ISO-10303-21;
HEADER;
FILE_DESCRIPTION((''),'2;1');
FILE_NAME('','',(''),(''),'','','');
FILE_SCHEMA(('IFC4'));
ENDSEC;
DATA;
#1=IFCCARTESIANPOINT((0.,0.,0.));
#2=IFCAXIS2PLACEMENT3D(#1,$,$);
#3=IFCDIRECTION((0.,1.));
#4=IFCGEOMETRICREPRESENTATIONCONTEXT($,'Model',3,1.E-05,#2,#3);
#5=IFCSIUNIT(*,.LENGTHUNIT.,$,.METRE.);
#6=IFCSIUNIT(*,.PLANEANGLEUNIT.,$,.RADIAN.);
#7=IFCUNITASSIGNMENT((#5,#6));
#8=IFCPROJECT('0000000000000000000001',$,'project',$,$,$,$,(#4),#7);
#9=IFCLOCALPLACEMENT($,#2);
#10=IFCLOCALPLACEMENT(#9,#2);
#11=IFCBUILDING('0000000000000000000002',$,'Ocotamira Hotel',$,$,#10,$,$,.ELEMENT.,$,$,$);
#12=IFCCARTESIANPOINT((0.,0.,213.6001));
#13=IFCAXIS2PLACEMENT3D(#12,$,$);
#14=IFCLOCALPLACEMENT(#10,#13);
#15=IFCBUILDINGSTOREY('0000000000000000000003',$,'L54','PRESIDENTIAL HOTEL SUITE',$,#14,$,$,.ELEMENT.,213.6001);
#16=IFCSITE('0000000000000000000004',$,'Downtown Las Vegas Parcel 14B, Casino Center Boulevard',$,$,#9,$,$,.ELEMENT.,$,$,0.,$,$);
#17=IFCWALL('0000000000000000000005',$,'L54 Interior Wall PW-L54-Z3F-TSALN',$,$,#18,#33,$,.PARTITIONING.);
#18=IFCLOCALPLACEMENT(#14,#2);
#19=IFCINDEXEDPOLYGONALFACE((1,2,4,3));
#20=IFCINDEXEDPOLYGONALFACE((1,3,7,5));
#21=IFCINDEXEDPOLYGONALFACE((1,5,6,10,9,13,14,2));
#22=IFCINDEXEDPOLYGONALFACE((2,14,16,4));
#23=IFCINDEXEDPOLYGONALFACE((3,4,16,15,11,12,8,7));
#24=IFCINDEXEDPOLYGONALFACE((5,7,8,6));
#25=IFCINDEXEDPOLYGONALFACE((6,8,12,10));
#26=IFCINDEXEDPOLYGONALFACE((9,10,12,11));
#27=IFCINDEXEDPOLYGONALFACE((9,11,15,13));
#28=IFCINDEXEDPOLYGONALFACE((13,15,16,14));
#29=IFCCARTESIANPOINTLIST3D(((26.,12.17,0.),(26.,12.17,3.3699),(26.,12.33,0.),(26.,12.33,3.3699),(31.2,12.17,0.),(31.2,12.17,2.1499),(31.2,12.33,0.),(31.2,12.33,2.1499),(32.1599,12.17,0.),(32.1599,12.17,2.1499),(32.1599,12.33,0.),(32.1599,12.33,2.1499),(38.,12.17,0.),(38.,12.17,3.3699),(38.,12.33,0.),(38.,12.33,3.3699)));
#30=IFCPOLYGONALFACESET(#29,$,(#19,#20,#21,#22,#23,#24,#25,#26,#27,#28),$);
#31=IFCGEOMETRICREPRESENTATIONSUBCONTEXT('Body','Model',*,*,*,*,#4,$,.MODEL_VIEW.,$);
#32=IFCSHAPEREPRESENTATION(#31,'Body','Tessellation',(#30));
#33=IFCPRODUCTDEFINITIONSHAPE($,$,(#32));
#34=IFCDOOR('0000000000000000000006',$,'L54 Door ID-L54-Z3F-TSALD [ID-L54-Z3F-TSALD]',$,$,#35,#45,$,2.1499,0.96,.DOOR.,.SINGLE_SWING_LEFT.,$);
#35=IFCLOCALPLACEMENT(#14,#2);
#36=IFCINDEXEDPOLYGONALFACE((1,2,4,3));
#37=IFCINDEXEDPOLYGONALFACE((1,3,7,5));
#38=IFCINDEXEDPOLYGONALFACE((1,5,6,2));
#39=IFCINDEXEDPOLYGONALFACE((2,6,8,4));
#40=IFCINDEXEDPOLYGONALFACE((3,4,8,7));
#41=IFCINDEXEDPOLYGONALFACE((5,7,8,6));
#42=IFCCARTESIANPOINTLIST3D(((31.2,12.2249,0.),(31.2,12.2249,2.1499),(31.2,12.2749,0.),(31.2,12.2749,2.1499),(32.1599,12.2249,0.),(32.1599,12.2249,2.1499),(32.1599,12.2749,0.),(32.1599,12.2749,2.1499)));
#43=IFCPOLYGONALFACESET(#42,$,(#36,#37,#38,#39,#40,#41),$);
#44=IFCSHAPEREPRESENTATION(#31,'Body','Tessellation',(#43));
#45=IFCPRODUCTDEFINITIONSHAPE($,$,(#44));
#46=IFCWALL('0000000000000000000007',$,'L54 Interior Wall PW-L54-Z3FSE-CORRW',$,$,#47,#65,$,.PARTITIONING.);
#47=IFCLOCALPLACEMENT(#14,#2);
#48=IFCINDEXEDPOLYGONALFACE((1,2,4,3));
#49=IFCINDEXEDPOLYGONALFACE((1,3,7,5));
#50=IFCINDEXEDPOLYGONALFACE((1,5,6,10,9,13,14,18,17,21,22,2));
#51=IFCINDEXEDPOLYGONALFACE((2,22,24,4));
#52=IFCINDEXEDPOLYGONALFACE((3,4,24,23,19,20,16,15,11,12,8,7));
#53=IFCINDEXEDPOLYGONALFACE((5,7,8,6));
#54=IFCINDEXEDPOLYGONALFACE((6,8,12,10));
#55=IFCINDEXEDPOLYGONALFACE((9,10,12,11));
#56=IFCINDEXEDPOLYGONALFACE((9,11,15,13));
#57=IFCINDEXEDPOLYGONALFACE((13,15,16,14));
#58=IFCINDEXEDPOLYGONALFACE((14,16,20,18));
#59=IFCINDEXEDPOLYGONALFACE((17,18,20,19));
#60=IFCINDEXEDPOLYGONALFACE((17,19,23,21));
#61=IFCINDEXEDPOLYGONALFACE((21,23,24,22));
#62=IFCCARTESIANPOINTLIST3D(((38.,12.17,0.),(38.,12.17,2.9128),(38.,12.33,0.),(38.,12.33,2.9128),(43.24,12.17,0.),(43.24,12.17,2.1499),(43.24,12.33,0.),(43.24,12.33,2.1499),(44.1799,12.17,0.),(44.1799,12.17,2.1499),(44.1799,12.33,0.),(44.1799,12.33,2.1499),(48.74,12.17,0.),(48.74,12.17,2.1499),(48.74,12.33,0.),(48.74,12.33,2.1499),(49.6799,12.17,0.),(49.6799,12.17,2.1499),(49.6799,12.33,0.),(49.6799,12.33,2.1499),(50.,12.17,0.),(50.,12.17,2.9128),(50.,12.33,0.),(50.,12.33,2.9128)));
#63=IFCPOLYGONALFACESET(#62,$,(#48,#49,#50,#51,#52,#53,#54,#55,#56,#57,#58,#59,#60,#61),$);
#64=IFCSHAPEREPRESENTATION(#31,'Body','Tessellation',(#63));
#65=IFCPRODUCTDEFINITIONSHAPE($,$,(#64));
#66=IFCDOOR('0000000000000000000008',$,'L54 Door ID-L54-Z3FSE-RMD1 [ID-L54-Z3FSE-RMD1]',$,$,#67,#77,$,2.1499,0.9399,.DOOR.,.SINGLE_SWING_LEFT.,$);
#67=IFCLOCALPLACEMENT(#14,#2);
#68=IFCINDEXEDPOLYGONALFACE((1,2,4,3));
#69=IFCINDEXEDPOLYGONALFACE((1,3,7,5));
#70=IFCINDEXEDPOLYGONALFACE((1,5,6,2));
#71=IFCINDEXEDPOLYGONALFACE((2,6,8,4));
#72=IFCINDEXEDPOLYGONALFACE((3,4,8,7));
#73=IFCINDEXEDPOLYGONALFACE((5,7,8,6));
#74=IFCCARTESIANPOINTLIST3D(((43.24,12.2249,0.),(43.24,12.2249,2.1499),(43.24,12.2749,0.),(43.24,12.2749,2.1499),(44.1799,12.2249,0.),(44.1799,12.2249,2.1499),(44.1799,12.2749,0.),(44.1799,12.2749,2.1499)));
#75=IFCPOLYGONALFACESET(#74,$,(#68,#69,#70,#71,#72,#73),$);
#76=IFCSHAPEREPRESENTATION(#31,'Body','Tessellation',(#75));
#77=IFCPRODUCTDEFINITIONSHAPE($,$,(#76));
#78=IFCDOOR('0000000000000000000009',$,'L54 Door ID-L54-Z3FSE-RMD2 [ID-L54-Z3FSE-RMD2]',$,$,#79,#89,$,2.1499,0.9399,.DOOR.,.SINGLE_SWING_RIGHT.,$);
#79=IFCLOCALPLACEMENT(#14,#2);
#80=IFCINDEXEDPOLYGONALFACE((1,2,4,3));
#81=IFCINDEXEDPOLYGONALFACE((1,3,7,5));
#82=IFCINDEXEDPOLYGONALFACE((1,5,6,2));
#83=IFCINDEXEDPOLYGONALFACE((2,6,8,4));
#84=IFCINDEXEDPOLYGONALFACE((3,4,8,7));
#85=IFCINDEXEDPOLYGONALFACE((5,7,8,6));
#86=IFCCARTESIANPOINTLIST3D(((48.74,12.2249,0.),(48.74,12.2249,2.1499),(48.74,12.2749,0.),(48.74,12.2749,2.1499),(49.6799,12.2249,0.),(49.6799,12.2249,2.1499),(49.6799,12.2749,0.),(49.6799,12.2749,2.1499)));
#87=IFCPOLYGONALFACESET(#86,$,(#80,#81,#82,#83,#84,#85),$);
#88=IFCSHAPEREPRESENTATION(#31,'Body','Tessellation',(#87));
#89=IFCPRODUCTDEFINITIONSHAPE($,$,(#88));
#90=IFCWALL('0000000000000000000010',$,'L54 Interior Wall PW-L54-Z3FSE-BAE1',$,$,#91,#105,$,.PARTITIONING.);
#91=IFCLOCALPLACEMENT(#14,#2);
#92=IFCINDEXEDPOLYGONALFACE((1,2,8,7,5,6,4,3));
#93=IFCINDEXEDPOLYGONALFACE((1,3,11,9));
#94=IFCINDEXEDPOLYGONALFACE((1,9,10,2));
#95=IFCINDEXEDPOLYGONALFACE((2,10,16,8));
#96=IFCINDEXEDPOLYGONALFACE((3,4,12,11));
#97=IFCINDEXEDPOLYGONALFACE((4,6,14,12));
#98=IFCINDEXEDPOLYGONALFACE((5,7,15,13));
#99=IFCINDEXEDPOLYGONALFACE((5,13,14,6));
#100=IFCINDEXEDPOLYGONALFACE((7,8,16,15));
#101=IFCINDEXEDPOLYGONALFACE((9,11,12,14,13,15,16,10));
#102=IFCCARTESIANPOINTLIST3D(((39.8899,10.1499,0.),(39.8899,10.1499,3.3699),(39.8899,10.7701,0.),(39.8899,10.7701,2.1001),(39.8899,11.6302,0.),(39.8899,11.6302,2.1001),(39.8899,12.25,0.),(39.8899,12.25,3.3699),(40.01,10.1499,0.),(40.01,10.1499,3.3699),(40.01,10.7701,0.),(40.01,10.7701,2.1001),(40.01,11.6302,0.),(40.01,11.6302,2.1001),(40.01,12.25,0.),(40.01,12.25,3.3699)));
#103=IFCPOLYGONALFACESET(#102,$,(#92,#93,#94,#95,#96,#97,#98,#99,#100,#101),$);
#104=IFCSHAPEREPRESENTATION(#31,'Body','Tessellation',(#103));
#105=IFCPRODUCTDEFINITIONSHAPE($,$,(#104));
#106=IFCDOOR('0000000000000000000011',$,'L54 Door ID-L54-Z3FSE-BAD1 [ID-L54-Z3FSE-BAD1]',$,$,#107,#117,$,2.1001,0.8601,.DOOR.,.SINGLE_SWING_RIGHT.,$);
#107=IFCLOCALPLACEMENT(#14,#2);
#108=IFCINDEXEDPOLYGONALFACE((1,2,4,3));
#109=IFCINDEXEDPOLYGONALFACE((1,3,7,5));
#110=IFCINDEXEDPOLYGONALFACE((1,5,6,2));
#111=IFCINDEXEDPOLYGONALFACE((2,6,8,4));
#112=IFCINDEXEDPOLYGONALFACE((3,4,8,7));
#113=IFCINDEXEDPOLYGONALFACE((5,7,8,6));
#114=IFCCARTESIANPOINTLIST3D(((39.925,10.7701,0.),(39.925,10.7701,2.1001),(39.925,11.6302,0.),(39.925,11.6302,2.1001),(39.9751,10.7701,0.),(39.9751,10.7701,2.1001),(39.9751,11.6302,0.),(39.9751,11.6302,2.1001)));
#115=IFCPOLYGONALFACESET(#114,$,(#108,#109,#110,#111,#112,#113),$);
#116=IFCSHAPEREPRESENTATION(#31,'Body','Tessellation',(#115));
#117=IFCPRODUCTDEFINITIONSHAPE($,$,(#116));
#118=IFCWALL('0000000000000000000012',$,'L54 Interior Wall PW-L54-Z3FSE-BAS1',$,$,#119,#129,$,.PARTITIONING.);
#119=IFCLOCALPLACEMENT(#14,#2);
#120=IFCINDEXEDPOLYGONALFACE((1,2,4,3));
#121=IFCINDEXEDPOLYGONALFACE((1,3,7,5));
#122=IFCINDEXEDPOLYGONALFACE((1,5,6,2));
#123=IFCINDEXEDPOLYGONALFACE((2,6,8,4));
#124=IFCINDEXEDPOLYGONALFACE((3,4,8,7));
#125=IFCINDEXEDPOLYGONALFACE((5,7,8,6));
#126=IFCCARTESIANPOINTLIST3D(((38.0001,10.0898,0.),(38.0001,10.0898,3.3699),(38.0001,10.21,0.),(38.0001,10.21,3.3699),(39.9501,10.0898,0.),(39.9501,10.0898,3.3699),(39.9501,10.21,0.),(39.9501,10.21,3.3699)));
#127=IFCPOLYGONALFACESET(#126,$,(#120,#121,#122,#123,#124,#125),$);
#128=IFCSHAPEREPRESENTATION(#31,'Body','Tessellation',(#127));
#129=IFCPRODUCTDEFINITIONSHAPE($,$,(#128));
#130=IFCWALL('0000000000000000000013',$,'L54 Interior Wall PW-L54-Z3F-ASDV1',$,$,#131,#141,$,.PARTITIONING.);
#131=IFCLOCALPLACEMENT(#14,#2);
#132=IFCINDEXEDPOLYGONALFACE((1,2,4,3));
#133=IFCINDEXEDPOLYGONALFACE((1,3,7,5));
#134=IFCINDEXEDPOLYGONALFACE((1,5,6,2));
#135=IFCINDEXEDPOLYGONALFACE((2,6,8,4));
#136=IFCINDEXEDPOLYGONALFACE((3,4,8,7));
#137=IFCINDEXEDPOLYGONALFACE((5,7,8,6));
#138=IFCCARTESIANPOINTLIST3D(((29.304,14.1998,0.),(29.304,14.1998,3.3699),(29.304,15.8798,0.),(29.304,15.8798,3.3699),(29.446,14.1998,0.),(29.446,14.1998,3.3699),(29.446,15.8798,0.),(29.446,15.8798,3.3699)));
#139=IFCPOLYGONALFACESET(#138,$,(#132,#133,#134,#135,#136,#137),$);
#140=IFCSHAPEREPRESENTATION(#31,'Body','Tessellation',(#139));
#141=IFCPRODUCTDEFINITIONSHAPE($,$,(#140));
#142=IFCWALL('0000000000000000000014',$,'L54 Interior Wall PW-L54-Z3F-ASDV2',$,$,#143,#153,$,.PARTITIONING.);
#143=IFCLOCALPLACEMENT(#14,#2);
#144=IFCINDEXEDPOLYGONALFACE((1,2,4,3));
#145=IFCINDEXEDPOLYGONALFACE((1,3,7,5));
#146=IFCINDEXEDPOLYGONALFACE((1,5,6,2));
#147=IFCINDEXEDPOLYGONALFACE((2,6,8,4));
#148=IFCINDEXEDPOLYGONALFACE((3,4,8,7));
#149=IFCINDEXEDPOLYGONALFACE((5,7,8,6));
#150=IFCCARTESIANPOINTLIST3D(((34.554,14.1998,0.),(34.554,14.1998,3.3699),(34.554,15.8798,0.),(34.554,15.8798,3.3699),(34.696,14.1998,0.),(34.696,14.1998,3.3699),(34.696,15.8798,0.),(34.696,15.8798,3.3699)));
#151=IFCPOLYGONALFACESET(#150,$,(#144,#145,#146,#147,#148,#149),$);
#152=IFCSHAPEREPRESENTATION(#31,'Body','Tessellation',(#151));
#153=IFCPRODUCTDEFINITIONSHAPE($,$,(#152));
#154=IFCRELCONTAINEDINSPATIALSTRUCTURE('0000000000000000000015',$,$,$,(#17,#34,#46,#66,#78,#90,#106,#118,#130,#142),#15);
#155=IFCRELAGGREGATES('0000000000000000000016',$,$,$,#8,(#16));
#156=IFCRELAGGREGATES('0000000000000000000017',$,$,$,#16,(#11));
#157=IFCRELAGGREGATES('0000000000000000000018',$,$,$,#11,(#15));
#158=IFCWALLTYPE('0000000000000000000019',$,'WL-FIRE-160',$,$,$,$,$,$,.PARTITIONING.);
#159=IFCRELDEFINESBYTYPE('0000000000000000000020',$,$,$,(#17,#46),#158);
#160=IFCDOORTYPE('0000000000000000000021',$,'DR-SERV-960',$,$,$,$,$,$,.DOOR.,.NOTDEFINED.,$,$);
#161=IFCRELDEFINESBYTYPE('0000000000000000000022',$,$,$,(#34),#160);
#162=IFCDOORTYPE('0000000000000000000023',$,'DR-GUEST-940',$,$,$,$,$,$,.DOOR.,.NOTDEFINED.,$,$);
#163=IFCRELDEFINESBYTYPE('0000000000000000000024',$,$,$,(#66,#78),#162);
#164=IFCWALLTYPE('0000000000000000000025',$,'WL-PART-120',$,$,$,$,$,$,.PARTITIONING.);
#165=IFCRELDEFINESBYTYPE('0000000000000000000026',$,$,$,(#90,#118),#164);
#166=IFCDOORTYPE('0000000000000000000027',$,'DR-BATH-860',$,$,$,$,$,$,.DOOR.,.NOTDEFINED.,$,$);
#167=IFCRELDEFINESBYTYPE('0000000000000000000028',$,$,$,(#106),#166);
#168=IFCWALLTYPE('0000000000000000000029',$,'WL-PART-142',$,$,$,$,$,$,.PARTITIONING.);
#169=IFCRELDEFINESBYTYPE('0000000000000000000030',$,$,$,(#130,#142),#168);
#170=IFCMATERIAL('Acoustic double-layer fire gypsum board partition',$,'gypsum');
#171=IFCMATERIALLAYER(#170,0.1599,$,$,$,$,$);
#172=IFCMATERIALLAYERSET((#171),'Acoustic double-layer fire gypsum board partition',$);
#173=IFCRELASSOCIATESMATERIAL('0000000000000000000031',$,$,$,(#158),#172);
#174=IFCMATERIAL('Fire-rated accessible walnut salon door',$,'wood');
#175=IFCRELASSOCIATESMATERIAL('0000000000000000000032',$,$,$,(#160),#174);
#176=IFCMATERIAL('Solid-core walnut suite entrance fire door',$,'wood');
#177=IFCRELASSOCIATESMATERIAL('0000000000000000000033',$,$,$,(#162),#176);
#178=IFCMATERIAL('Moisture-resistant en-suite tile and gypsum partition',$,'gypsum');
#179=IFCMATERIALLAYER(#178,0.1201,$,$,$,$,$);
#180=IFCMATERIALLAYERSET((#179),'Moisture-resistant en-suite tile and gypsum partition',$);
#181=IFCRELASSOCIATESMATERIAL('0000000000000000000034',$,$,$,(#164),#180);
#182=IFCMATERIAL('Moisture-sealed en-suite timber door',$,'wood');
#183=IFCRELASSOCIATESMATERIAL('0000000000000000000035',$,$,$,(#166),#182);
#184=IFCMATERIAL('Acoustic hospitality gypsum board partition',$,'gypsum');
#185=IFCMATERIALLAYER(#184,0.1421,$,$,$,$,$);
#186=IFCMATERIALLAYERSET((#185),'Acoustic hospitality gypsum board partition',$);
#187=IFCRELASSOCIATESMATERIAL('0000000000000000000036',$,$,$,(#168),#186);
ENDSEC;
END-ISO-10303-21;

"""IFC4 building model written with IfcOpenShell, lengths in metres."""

from ifc_helpers import new_model, si_unit, direction, frame, frame_2d, origin, place, context, subcontext, project, spatial, rectangle, extrude, source, transform, mapped, material, layer, layer_set, type_object, element, fill, save


model = new_model("IFC4")

# Units and contexts
model_context = context("Model", 3, precision=1e-05, world=origin(), true_north=direction((0.0, 1.0)))
body_context = subcontext(model_context, "Body", "Model", "MODEL_VIEW")
ifc_project = project(units=[si_unit("LENGTHUNIT", "METRE"), si_unit("PLANEANGLEUNIT", "RADIAN")], contexts=[model_context])

# Site, building, storey
site_placement = place(None, origin())
site = spatial("IfcSite", under=ifc_project, at=site_placement, Name="Downtown Las Vegas Parcel 14B, Casino Center Boulevard", CompositionType="ELEMENT", RefElevation=0.0)
building_placement = place(site_placement, origin())
building = spatial("IfcBuilding", under=site, at=building_placement, Name="Ocotamira Hotel", CompositionType="ELEMENT")
storey_placement = place(building_placement, frame((0.0, 0.0, 213.6001)))
storey = spatial("IfcBuildingStorey", under=building, at=storey_placement, Name="L54", Description="PRESIDENTIAL HOTEL SUITE", CompositionType="ELEMENT", Elevation=213.6001)

# Wall, opening, door
ifc_material_1 = material(Name="Acoustic double-layer fire gypsum board partition", Category="gypsum")
ifc_layer_1 = layer(ifc_material_1, 0.1599)
ifc_layer_set_1 = layer_set([ifc_layer_1], Name="Acoustic double-layer fire gypsum board partition")
wall_type_1 = type_object("IfcWallType", Name="WL-FIRE-160", PredefinedType="PARTITIONING", material=ifc_layer_set_1)
wall_1_placement = place(storey_placement, frame((26.0, 12.25, 0.0), z_axis=(0.0, 0.0, 1.0), x_axis=(1.0, 0.0, 0.0)))
wall_1 = element("IfcWall", 1, at=wall_1_placement, inside=storey, type_object=wall_type_1, Name="L54 Interior Wall PW-L54-Z3F-TSALN", PredefinedType="PARTITIONING", context=body_context, shape_type="SweptSolid", body=[
    extrude(rectangle(XDim=12.0, YDim=0.1599, at=frame_2d((6.0, 0.0))), origin(), (0.0, 0.0, 1.0), 3.3699),
])
opening_1_placement = place(wall_1_placement, frame((5.2, 0.0, 0.0)))
opening_1 = element("IfcOpeningElement", 2, at=opening_1_placement, cuts=wall_1, PredefinedType="OPENING", context=body_context, shape_type="SweptSolid", body=[
    extrude(rectangle(XDim=0.96, YDim=2.1499, at=frame_2d((0.48, 1.075))), frame((0.0, 0.0898, 0.0), z_axis=(0.0, -1.0, 0.0), x_axis=(1.0, 0.0, 0.0)), (0.0, 0.0, 1.0), 0.1799),
])
ifc_material_2 = material(Name="Fire-rated accessible walnut salon door", Category="wood")
door_type_1 = type_object("IfcDoorType", Name="DR-SERV-960", OperationType="NOTDEFINED", PredefinedType="DOOR", material=ifc_material_2)
shared_shape_1 = source(origin(), body_context, "Body", "SweptSolid", [
    extrude(rectangle(XDim=0.96, YDim=2.1499, at=frame_2d((0.48, 1.075))), frame((0.0, 0.0249, 0.0), z_axis=(0.0, -1.0, 0.0), x_axis=(1.0, 0.0, 0.0)), (0.0, 0.0, 1.0), 0.05),
])
door_1_placement = place(opening_1_placement, origin())
door_1 = element("IfcDoor", 3, at=door_1_placement, inside=storey, type_object=door_type_1, Name="L54 Door ID-L54-Z3F-TSALD [ID-L54-Z3F-TSALD]", OperationType="SINGLE_SWING_LEFT", OverallHeight=2.1499, OverallWidth=0.96, PredefinedType="DOOR", context=body_context, shape_type="MappedRepresentation", body=[
    mapped(shared_shape_1, transform((0.0, 0.0, 0.0), scale=1.0)),
])
fill(opening_1, door_1)

# Wall, openings, doors
wall_2_placement = place(storey_placement, frame((38.0, 12.25, 0.0), z_axis=(0.0, 0.0, 1.0), x_axis=(1.0, 0.0, 0.0)))
wall_2 = element("IfcWall", 4, at=wall_2_placement, inside=storey, type_object=wall_type_1, Name="L54 Interior Wall PW-L54-Z3FSE-CORRW", PredefinedType="PARTITIONING", context=body_context, shape_type="SweptSolid", body=[
    extrude(rectangle(XDim=12.0, YDim=0.1599, at=frame_2d((6.0, 0.0))), origin(), (0.0, 0.0, 1.0), 2.9128),
])
opening_2_placement = place(wall_2_placement, frame((5.24, 0.0, 0.0)))
opening_2 = element("IfcOpeningElement", 5, at=opening_2_placement, cuts=wall_2, PredefinedType="OPENING", context=body_context, shape_type="SweptSolid", body=[
    extrude(rectangle(XDim=0.9399, YDim=2.1499, at=frame_2d((0.47, 1.075))), frame((0.0, 0.0898, 0.0), z_axis=(0.0, -1.0, 0.0), x_axis=(1.0, 0.0, 0.0)), (0.0, 0.0, 1.0), 0.1799),
])
opening_3_placement = place(wall_2_placement, frame((10.74, 0.0, 0.0)))
opening_3 = element("IfcOpeningElement", 6, at=opening_3_placement, cuts=wall_2, PredefinedType="OPENING", context=body_context, shape_type="SweptSolid", body=[
    extrude(rectangle(XDim=0.9399, YDim=2.1499, at=frame_2d((0.47, 1.075))), frame((0.0, 0.0898, 0.0), z_axis=(0.0, -1.0, 0.0), x_axis=(1.0, 0.0, 0.0)), (0.0, 0.0, 1.0), 0.1799),
])
ifc_material_3 = material(Name="Solid-core walnut suite entrance fire door", Category="wood")
door_type_2 = type_object("IfcDoorType", Name="DR-GUEST-940", OperationType="NOTDEFINED", PredefinedType="DOOR", material=ifc_material_3)
shared_shape_2 = source(origin(), body_context, "Body", "SweptSolid", [
    extrude(rectangle(XDim=0.9399, YDim=2.1499, at=frame_2d((0.47, 1.075))), frame((0.0, 0.0249, 0.0), z_axis=(0.0, -1.0, 0.0), x_axis=(1.0, 0.0, 0.0)), (0.0, 0.0, 1.0), 0.05),
])
door_2_placement = place(opening_2_placement, origin())
door_2 = element("IfcDoor", 7, at=door_2_placement, inside=storey, type_object=door_type_2, Name="L54 Door ID-L54-Z3FSE-RMD1 [ID-L54-Z3FSE-RMD1]", OperationType="SINGLE_SWING_LEFT", OverallHeight=2.1499, OverallWidth=0.9399, PredefinedType="DOOR", context=body_context, shape_type="MappedRepresentation", body=[
    mapped(shared_shape_2, transform((0.0, 0.0, 0.0), scale=1.0)),
])
fill(opening_2, door_2)
door_3_placement = place(opening_3_placement, origin())
door_3 = element("IfcDoor", 8, at=door_3_placement, inside=storey, type_object=door_type_2, Name="L54 Door ID-L54-Z3FSE-RMD2 [ID-L54-Z3FSE-RMD2]", OperationType="SINGLE_SWING_RIGHT", OverallHeight=2.1499, OverallWidth=0.9399, PredefinedType="DOOR", context=body_context, shape_type="MappedRepresentation", body=[
    mapped(shared_shape_2, transform((0.0, 0.0, 0.0), scale=1.0)),
])
fill(opening_3, door_3)

# Wall, opening, door
ifc_material_4 = material(Name="Moisture-resistant en-suite tile and gypsum partition", Category="gypsum")
ifc_layer_2 = layer(ifc_material_4, 0.1201)
ifc_layer_set_2 = layer_set([ifc_layer_2], Name="Moisture-resistant en-suite tile and gypsum partition")
wall_type_2 = type_object("IfcWallType", Name="WL-PART-120", PredefinedType="PARTITIONING", material=ifc_layer_set_2)
wall_3_placement = place(storey_placement, frame((39.95, 10.1499, 0.0), z_axis=(0.0, 0.0, 1.0), x_axis=(0.0, 1.0, 0.0)))
wall_3 = element("IfcWall", 9, at=wall_3_placement, inside=storey, type_object=wall_type_2, Name="L54 Interior Wall PW-L54-Z3FSE-BAE1", PredefinedType="PARTITIONING", context=body_context, shape_type="SweptSolid", body=[
    extrude(rectangle(XDim=2.1001, YDim=0.1201, at=frame_2d((1.05, 0.0))), origin(), (0.0, 0.0, 1.0), 3.3699),
])
opening_4_placement = place(wall_3_placement, frame((0.6201, 0.0, 0.0)))
opening_4 = element("IfcOpeningElement", 10, at=opening_4_placement, cuts=wall_3, PredefinedType="OPENING", context=body_context, shape_type="SweptSolid", body=[
    extrude(rectangle(XDim=0.8601, YDim=2.1001, at=frame_2d((0.4302, 1.05))), frame((0.0, 0.0701, 0.0), z_axis=(0.0, -1.0, 0.0), x_axis=(1.0, 0.0, 0.0)), (0.0, 0.0, 1.0), 0.1401),
])
ifc_material_5 = material(Name="Moisture-sealed en-suite timber door", Category="wood")
door_type_3 = type_object("IfcDoorType", Name="DR-BATH-860", OperationType="NOTDEFINED", PredefinedType="DOOR", material=ifc_material_5)
shared_shape_3 = source(origin(), body_context, "Body", "SweptSolid", [
    extrude(rectangle(XDim=0.8601, YDim=2.1001, at=frame_2d((0.4302, 1.05))), frame((0.0, 0.0249, 0.0), z_axis=(0.0, -1.0, 0.0), x_axis=(1.0, 0.0, 0.0)), (0.0, 0.0, 1.0), 0.05),
])
door_4_placement = place(opening_4_placement, origin())
door_4 = element("IfcDoor", 11, at=door_4_placement, inside=storey, type_object=door_type_3, Name="L54 Door ID-L54-Z3FSE-BAD1 [ID-L54-Z3FSE-BAD1]", OperationType="SINGLE_SWING_RIGHT", OverallHeight=2.1001, OverallWidth=0.8601, PredefinedType="DOOR", context=body_context, shape_type="MappedRepresentation", body=[
    mapped(shared_shape_3, transform((0.0, 0.0, 0.0), scale=1.0)),
])
fill(opening_4, door_4)

# Walls
wall_4_placement = place(storey_placement, frame((38.0, 10.1499, 0.0), z_axis=(0.0, 0.0, 1.0), x_axis=(1.0, 0.0, 0.0)))
element("IfcWall", 12, at=wall_4_placement, inside=storey, type_object=wall_type_2, Name="L54 Interior Wall PW-L54-Z3FSE-BAS1", PredefinedType="PARTITIONING", context=body_context, shape_type="SweptSolid", body=[
    extrude(rectangle(XDim=1.95, YDim=0.1201, at=frame_2d((0.9751, 0.0))), origin(), (0.0, 0.0, 1.0), 3.3699),
])
ifc_material_6 = material(Name="Acoustic hospitality gypsum board partition", Category="gypsum")
ifc_layer_3 = layer(ifc_material_6, 0.1421)
ifc_layer_set_3 = layer_set([ifc_layer_3], Name="Acoustic hospitality gypsum board partition")
wall_type_3 = type_object("IfcWallType", Name="WL-PART-142", PredefinedType="PARTITIONING", material=ifc_layer_set_3)
for number, where, z_axis, x_axis, name in (
    (13, (29.375, 14.2, 0.0), (0.0, 0.0, 1.0), (0.0, 1.0, 0.0), "L54 Interior Wall PW-L54-Z3F-ASDV1"),
    (14, (34.625, 14.2, 0.0), (0.0, 0.0, 1.0), (0.0, 1.0, 0.0), "L54 Interior Wall PW-L54-Z3F-ASDV2"),
):
    element("IfcWall", number, at=place(storey_placement, frame(where, z_axis=z_axis, x_axis=x_axis)), inside=storey, type_object=wall_type_3, Name=name, PredefinedType="PARTITIONING", context=body_context, shape_type="SweptSolid", body=[
        extrude(rectangle(XDim=1.6799, YDim=0.1421, at=frame_2d((0.8398, 0.0))), origin(), (0.0, 0.0, 1.0), 3.3699),
    ])

save(model, "model.ifc")
